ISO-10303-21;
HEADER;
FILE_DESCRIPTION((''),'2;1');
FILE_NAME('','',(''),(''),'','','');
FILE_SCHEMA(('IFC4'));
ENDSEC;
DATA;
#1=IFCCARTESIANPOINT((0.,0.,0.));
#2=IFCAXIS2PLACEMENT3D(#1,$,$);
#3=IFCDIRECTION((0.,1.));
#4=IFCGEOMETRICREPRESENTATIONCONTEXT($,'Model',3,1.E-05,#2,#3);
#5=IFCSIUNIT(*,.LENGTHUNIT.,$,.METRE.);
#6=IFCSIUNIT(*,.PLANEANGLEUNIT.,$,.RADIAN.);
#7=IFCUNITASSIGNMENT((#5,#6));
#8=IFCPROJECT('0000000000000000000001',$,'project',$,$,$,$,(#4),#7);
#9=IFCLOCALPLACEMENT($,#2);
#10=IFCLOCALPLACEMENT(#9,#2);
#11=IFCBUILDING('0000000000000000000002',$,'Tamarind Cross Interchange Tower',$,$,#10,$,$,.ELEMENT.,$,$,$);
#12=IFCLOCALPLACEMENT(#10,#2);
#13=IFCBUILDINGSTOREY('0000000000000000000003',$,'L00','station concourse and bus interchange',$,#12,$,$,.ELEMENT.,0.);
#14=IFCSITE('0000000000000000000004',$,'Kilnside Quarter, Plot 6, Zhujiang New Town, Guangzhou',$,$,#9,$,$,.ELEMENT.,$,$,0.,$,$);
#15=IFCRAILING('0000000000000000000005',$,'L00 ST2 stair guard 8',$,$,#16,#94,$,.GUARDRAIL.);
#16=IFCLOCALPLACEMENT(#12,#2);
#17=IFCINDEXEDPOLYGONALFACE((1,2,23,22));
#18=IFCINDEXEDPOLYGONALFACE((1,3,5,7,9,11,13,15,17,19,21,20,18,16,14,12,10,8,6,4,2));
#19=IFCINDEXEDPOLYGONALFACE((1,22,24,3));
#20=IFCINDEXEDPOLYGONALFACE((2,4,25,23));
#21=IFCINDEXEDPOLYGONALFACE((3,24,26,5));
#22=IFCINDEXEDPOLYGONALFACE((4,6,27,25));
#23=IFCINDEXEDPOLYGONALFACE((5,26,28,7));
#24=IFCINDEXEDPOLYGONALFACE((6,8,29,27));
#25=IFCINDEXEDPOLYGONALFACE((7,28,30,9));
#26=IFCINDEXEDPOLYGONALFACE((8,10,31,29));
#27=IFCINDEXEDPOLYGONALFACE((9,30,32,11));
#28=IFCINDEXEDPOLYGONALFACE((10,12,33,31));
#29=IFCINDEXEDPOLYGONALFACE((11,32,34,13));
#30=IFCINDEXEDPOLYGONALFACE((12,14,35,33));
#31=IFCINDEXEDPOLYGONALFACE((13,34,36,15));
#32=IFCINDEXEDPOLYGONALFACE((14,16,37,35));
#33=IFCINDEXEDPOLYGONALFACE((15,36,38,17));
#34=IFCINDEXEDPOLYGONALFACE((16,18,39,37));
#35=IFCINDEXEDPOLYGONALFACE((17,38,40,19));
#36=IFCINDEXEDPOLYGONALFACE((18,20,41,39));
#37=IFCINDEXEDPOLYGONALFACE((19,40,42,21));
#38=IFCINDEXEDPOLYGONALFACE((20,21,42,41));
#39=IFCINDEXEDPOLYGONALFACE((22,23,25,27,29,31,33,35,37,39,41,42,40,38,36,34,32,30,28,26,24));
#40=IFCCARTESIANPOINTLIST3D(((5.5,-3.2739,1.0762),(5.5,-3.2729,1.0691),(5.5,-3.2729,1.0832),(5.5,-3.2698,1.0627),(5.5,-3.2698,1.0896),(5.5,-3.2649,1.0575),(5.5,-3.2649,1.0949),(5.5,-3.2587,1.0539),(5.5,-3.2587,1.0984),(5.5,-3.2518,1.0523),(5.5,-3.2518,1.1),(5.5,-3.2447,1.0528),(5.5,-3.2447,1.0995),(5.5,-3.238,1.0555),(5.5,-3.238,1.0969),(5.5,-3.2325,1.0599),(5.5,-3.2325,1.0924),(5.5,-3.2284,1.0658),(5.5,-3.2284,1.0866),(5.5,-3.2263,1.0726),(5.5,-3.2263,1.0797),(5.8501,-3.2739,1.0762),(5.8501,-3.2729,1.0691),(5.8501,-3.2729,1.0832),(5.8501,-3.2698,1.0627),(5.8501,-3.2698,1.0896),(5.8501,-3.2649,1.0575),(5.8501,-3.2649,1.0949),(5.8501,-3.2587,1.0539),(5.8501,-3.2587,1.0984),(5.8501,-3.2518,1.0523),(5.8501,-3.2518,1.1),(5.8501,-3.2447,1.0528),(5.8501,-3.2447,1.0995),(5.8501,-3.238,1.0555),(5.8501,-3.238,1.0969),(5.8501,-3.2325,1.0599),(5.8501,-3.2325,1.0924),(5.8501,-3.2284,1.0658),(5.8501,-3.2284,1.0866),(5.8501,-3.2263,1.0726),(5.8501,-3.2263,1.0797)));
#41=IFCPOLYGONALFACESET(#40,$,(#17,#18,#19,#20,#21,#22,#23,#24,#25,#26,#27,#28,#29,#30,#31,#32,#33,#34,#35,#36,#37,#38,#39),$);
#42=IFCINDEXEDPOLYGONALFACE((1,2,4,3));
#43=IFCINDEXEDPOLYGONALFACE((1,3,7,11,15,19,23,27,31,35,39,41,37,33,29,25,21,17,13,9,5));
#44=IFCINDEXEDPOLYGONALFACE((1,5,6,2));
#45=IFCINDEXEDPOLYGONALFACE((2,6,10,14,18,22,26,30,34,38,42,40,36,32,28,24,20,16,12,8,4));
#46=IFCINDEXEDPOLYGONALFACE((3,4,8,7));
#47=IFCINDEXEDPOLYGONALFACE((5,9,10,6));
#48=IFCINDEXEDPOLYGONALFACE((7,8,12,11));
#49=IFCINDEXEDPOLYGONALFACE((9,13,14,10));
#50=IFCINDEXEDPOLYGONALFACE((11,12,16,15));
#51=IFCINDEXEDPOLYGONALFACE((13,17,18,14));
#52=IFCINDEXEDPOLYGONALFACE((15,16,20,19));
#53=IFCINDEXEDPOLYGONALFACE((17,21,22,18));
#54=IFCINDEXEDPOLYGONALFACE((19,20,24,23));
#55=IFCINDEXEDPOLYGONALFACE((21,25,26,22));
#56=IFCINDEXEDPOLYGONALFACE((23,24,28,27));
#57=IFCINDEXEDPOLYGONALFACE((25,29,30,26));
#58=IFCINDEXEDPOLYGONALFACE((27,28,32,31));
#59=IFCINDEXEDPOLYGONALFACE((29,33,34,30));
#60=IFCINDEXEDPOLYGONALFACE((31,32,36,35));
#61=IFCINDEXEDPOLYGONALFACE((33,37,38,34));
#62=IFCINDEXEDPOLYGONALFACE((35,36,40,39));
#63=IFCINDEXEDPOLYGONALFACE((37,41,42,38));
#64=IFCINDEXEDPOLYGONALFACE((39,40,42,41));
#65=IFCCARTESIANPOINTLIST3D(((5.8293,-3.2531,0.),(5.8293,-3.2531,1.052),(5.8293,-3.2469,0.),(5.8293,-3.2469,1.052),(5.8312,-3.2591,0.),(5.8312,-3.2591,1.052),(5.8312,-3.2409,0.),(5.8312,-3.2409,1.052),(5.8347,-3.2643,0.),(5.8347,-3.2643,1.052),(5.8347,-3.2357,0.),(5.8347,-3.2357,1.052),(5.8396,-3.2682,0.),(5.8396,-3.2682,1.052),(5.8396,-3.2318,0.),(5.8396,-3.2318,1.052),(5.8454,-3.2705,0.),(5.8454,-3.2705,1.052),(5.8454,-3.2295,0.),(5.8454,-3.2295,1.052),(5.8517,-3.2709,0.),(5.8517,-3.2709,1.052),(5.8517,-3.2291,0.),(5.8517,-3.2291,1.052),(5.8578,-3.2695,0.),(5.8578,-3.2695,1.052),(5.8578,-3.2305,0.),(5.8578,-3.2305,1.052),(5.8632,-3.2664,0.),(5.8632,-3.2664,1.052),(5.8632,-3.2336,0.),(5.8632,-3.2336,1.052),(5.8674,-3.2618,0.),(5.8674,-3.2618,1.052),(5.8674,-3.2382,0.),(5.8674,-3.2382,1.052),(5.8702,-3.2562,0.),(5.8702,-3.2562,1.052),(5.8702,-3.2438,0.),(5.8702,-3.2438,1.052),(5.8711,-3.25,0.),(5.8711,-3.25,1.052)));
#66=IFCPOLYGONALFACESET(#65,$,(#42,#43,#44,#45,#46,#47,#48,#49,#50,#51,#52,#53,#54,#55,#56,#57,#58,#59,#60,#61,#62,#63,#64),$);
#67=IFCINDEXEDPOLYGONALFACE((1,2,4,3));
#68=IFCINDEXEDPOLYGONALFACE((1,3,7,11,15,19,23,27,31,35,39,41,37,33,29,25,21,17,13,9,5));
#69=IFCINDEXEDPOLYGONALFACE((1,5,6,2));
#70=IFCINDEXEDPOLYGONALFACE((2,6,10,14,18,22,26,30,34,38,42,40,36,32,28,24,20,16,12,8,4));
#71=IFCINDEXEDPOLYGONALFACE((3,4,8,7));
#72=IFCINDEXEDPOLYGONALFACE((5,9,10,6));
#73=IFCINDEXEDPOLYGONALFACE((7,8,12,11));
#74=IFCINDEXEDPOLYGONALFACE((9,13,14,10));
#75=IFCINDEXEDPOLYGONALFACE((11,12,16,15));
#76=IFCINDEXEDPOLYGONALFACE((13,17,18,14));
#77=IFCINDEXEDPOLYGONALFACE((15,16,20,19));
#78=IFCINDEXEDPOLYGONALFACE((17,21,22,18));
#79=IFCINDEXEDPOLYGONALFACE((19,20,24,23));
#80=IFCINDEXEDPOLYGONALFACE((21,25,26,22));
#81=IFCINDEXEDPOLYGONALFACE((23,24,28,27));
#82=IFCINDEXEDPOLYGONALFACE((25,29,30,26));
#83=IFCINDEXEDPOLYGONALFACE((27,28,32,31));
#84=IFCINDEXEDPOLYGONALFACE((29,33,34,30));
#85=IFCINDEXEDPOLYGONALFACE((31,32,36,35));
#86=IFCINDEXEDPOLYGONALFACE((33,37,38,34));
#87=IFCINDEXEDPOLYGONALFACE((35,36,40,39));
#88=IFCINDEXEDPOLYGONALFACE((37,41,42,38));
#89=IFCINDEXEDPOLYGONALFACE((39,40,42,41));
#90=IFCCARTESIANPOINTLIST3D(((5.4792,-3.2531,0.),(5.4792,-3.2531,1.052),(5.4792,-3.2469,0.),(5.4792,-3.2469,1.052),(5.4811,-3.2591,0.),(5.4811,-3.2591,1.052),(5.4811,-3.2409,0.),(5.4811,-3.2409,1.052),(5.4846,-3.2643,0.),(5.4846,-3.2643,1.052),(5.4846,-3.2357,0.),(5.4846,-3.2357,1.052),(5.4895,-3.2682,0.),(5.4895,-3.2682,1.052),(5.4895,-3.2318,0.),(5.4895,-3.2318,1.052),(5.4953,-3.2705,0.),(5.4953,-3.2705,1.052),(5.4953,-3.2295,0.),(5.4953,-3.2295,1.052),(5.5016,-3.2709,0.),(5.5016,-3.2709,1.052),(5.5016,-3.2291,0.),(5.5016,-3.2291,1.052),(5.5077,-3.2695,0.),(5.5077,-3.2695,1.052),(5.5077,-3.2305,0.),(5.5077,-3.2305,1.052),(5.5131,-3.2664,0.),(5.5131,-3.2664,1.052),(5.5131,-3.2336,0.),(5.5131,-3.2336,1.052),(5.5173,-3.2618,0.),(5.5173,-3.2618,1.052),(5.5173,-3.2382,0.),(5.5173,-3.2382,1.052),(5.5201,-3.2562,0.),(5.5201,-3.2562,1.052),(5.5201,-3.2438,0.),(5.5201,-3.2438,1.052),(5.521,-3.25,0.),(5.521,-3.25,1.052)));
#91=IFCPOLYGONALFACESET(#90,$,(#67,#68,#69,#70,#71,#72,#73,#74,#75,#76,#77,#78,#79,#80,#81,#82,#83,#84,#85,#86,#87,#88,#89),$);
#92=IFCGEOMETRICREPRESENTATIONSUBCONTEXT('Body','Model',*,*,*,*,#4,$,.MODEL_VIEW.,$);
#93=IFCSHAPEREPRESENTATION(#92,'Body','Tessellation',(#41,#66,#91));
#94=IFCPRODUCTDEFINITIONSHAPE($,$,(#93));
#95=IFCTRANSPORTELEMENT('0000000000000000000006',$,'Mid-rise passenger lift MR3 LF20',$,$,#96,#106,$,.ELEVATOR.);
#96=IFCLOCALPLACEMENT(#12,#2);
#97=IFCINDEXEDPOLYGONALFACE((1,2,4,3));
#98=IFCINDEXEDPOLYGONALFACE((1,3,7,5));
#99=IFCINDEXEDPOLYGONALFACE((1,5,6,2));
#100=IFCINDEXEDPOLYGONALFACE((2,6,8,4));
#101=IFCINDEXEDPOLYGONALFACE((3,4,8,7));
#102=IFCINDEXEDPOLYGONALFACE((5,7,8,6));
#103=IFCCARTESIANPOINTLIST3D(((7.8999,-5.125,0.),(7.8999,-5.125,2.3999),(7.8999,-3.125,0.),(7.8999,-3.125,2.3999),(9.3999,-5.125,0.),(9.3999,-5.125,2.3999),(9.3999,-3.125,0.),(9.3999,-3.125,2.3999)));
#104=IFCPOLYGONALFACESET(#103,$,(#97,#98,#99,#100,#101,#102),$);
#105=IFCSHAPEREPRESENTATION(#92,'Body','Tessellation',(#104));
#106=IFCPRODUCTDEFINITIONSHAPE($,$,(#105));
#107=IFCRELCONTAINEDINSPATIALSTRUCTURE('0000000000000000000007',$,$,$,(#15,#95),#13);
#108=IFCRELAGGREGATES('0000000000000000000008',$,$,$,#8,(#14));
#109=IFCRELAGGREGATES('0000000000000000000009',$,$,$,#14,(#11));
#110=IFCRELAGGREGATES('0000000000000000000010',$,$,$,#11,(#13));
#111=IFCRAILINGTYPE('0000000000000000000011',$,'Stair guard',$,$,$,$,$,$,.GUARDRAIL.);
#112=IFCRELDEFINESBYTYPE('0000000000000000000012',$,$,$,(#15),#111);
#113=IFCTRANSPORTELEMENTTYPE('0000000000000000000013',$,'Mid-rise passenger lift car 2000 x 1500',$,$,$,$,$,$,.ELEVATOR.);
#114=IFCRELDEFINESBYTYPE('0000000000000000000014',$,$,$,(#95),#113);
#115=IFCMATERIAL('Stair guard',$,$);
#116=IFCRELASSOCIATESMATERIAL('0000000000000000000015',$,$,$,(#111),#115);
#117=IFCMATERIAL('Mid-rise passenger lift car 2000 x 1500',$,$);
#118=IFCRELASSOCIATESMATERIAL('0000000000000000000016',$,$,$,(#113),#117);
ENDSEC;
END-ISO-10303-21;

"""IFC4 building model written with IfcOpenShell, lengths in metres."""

from ifc_helpers import new_model, si_unit, direction, frame, origin, origin_2d, place, context, subcontext, project, spatial, rectangle, circle, extrude, material, type_object, element, save


model = new_model("IFC4")

# Units and contexts
model_context = context("Model", 3, precision=1e-05, world=origin(), true_north=direction((0.0, 1.0)))
body_context = subcontext(model_context, "Body", "Model", "MODEL_VIEW")
ifc_project = project(units=[si_unit("LENGTHUNIT", "METRE"), si_unit("PLANEANGLEUNIT", "RADIAN")], contexts=[model_context])

# Site, building, storey
site_placement = place(None, origin())
site = spatial("IfcSite", under=ifc_project, at=site_placement, Name="Kilnside Quarter, Plot 6, Zhujiang New Town, Guangzhou", CompositionType="ELEMENT", RefElevation=0.0)
building_placement = place(site_placement, origin())
building = spatial("IfcBuilding", under=site, at=building_placement, Name="Tamarind Cross Interchange Tower", CompositionType="ELEMENT")
storey_placement = place(building_placement, origin())
storey = spatial("IfcBuildingStorey", under=building, at=storey_placement, Name="L00", Description="station concourse and bus interchange", CompositionType="ELEMENT", Elevation=0.0)

# Railing
ifc_material_1 = material(Name="Stair guard")
railing_type = type_object("IfcRailingType", Name="Stair guard", PredefinedType="GUARDRAIL", material=ifc_material_1)
railing_1_placement = place(storey_placement, frame((5.8501, -3.25, 0.0)))
element("IfcRailing", 1, at=railing_1_placement, inside=storey, type_object=railing_type, Name="L00 ST2 stair guard 8", PredefinedType="GUARDRAIL", context=body_context, shape_type="SweptSolid", body=[
    extrude(circle(Radius=0.0239, at=origin_2d()), frame((0.0, 0.0, 1.0762), z_axis=(-1.0, 0.0, 0.0), x_axis=(0.0, -1.0, 0.0)), (0.0, 0.0, 1.0), 0.3501),
    extrude(circle(Radius=0.021, at=origin_2d()), origin(), (0.0, 0.0, 1.0), 1.052),
    extrude(circle(Radius=0.021, at=origin_2d()), frame((-0.3501, 0.0, 0.0)), (0.0, 0.0, 1.0), 1.052),
])

# Transport element
ifc_material_2 = material(Name="Mid-rise passenger lift car 2000 x 1500")
transport_element_type = type_object("IfcTransportElementType", Name="Mid-rise passenger lift car 2000 x 1500", PredefinedType="ELEVATOR", material=ifc_material_2)
transport_element_placement = place(storey_placement, frame((8.6499, -4.125, 0.0), z_axis=(0.0, 0.0, 1.0), x_axis=(1.0, 0.0, 0.0)))
element("IfcTransportElement", 2, at=transport_element_placement, inside=storey, type_object=transport_element_type, Name="Mid-rise passenger lift MR3 LF20", PredefinedType="ELEVATOR", context=body_context, shape_type="SweptSolid", body=[
    extrude(rectangle(XDim=1.5, YDim=2.0, at=origin_2d()), origin(), (0.0, 0.0, 1.0), 2.3999),
])

save(model, "model.ifc")
